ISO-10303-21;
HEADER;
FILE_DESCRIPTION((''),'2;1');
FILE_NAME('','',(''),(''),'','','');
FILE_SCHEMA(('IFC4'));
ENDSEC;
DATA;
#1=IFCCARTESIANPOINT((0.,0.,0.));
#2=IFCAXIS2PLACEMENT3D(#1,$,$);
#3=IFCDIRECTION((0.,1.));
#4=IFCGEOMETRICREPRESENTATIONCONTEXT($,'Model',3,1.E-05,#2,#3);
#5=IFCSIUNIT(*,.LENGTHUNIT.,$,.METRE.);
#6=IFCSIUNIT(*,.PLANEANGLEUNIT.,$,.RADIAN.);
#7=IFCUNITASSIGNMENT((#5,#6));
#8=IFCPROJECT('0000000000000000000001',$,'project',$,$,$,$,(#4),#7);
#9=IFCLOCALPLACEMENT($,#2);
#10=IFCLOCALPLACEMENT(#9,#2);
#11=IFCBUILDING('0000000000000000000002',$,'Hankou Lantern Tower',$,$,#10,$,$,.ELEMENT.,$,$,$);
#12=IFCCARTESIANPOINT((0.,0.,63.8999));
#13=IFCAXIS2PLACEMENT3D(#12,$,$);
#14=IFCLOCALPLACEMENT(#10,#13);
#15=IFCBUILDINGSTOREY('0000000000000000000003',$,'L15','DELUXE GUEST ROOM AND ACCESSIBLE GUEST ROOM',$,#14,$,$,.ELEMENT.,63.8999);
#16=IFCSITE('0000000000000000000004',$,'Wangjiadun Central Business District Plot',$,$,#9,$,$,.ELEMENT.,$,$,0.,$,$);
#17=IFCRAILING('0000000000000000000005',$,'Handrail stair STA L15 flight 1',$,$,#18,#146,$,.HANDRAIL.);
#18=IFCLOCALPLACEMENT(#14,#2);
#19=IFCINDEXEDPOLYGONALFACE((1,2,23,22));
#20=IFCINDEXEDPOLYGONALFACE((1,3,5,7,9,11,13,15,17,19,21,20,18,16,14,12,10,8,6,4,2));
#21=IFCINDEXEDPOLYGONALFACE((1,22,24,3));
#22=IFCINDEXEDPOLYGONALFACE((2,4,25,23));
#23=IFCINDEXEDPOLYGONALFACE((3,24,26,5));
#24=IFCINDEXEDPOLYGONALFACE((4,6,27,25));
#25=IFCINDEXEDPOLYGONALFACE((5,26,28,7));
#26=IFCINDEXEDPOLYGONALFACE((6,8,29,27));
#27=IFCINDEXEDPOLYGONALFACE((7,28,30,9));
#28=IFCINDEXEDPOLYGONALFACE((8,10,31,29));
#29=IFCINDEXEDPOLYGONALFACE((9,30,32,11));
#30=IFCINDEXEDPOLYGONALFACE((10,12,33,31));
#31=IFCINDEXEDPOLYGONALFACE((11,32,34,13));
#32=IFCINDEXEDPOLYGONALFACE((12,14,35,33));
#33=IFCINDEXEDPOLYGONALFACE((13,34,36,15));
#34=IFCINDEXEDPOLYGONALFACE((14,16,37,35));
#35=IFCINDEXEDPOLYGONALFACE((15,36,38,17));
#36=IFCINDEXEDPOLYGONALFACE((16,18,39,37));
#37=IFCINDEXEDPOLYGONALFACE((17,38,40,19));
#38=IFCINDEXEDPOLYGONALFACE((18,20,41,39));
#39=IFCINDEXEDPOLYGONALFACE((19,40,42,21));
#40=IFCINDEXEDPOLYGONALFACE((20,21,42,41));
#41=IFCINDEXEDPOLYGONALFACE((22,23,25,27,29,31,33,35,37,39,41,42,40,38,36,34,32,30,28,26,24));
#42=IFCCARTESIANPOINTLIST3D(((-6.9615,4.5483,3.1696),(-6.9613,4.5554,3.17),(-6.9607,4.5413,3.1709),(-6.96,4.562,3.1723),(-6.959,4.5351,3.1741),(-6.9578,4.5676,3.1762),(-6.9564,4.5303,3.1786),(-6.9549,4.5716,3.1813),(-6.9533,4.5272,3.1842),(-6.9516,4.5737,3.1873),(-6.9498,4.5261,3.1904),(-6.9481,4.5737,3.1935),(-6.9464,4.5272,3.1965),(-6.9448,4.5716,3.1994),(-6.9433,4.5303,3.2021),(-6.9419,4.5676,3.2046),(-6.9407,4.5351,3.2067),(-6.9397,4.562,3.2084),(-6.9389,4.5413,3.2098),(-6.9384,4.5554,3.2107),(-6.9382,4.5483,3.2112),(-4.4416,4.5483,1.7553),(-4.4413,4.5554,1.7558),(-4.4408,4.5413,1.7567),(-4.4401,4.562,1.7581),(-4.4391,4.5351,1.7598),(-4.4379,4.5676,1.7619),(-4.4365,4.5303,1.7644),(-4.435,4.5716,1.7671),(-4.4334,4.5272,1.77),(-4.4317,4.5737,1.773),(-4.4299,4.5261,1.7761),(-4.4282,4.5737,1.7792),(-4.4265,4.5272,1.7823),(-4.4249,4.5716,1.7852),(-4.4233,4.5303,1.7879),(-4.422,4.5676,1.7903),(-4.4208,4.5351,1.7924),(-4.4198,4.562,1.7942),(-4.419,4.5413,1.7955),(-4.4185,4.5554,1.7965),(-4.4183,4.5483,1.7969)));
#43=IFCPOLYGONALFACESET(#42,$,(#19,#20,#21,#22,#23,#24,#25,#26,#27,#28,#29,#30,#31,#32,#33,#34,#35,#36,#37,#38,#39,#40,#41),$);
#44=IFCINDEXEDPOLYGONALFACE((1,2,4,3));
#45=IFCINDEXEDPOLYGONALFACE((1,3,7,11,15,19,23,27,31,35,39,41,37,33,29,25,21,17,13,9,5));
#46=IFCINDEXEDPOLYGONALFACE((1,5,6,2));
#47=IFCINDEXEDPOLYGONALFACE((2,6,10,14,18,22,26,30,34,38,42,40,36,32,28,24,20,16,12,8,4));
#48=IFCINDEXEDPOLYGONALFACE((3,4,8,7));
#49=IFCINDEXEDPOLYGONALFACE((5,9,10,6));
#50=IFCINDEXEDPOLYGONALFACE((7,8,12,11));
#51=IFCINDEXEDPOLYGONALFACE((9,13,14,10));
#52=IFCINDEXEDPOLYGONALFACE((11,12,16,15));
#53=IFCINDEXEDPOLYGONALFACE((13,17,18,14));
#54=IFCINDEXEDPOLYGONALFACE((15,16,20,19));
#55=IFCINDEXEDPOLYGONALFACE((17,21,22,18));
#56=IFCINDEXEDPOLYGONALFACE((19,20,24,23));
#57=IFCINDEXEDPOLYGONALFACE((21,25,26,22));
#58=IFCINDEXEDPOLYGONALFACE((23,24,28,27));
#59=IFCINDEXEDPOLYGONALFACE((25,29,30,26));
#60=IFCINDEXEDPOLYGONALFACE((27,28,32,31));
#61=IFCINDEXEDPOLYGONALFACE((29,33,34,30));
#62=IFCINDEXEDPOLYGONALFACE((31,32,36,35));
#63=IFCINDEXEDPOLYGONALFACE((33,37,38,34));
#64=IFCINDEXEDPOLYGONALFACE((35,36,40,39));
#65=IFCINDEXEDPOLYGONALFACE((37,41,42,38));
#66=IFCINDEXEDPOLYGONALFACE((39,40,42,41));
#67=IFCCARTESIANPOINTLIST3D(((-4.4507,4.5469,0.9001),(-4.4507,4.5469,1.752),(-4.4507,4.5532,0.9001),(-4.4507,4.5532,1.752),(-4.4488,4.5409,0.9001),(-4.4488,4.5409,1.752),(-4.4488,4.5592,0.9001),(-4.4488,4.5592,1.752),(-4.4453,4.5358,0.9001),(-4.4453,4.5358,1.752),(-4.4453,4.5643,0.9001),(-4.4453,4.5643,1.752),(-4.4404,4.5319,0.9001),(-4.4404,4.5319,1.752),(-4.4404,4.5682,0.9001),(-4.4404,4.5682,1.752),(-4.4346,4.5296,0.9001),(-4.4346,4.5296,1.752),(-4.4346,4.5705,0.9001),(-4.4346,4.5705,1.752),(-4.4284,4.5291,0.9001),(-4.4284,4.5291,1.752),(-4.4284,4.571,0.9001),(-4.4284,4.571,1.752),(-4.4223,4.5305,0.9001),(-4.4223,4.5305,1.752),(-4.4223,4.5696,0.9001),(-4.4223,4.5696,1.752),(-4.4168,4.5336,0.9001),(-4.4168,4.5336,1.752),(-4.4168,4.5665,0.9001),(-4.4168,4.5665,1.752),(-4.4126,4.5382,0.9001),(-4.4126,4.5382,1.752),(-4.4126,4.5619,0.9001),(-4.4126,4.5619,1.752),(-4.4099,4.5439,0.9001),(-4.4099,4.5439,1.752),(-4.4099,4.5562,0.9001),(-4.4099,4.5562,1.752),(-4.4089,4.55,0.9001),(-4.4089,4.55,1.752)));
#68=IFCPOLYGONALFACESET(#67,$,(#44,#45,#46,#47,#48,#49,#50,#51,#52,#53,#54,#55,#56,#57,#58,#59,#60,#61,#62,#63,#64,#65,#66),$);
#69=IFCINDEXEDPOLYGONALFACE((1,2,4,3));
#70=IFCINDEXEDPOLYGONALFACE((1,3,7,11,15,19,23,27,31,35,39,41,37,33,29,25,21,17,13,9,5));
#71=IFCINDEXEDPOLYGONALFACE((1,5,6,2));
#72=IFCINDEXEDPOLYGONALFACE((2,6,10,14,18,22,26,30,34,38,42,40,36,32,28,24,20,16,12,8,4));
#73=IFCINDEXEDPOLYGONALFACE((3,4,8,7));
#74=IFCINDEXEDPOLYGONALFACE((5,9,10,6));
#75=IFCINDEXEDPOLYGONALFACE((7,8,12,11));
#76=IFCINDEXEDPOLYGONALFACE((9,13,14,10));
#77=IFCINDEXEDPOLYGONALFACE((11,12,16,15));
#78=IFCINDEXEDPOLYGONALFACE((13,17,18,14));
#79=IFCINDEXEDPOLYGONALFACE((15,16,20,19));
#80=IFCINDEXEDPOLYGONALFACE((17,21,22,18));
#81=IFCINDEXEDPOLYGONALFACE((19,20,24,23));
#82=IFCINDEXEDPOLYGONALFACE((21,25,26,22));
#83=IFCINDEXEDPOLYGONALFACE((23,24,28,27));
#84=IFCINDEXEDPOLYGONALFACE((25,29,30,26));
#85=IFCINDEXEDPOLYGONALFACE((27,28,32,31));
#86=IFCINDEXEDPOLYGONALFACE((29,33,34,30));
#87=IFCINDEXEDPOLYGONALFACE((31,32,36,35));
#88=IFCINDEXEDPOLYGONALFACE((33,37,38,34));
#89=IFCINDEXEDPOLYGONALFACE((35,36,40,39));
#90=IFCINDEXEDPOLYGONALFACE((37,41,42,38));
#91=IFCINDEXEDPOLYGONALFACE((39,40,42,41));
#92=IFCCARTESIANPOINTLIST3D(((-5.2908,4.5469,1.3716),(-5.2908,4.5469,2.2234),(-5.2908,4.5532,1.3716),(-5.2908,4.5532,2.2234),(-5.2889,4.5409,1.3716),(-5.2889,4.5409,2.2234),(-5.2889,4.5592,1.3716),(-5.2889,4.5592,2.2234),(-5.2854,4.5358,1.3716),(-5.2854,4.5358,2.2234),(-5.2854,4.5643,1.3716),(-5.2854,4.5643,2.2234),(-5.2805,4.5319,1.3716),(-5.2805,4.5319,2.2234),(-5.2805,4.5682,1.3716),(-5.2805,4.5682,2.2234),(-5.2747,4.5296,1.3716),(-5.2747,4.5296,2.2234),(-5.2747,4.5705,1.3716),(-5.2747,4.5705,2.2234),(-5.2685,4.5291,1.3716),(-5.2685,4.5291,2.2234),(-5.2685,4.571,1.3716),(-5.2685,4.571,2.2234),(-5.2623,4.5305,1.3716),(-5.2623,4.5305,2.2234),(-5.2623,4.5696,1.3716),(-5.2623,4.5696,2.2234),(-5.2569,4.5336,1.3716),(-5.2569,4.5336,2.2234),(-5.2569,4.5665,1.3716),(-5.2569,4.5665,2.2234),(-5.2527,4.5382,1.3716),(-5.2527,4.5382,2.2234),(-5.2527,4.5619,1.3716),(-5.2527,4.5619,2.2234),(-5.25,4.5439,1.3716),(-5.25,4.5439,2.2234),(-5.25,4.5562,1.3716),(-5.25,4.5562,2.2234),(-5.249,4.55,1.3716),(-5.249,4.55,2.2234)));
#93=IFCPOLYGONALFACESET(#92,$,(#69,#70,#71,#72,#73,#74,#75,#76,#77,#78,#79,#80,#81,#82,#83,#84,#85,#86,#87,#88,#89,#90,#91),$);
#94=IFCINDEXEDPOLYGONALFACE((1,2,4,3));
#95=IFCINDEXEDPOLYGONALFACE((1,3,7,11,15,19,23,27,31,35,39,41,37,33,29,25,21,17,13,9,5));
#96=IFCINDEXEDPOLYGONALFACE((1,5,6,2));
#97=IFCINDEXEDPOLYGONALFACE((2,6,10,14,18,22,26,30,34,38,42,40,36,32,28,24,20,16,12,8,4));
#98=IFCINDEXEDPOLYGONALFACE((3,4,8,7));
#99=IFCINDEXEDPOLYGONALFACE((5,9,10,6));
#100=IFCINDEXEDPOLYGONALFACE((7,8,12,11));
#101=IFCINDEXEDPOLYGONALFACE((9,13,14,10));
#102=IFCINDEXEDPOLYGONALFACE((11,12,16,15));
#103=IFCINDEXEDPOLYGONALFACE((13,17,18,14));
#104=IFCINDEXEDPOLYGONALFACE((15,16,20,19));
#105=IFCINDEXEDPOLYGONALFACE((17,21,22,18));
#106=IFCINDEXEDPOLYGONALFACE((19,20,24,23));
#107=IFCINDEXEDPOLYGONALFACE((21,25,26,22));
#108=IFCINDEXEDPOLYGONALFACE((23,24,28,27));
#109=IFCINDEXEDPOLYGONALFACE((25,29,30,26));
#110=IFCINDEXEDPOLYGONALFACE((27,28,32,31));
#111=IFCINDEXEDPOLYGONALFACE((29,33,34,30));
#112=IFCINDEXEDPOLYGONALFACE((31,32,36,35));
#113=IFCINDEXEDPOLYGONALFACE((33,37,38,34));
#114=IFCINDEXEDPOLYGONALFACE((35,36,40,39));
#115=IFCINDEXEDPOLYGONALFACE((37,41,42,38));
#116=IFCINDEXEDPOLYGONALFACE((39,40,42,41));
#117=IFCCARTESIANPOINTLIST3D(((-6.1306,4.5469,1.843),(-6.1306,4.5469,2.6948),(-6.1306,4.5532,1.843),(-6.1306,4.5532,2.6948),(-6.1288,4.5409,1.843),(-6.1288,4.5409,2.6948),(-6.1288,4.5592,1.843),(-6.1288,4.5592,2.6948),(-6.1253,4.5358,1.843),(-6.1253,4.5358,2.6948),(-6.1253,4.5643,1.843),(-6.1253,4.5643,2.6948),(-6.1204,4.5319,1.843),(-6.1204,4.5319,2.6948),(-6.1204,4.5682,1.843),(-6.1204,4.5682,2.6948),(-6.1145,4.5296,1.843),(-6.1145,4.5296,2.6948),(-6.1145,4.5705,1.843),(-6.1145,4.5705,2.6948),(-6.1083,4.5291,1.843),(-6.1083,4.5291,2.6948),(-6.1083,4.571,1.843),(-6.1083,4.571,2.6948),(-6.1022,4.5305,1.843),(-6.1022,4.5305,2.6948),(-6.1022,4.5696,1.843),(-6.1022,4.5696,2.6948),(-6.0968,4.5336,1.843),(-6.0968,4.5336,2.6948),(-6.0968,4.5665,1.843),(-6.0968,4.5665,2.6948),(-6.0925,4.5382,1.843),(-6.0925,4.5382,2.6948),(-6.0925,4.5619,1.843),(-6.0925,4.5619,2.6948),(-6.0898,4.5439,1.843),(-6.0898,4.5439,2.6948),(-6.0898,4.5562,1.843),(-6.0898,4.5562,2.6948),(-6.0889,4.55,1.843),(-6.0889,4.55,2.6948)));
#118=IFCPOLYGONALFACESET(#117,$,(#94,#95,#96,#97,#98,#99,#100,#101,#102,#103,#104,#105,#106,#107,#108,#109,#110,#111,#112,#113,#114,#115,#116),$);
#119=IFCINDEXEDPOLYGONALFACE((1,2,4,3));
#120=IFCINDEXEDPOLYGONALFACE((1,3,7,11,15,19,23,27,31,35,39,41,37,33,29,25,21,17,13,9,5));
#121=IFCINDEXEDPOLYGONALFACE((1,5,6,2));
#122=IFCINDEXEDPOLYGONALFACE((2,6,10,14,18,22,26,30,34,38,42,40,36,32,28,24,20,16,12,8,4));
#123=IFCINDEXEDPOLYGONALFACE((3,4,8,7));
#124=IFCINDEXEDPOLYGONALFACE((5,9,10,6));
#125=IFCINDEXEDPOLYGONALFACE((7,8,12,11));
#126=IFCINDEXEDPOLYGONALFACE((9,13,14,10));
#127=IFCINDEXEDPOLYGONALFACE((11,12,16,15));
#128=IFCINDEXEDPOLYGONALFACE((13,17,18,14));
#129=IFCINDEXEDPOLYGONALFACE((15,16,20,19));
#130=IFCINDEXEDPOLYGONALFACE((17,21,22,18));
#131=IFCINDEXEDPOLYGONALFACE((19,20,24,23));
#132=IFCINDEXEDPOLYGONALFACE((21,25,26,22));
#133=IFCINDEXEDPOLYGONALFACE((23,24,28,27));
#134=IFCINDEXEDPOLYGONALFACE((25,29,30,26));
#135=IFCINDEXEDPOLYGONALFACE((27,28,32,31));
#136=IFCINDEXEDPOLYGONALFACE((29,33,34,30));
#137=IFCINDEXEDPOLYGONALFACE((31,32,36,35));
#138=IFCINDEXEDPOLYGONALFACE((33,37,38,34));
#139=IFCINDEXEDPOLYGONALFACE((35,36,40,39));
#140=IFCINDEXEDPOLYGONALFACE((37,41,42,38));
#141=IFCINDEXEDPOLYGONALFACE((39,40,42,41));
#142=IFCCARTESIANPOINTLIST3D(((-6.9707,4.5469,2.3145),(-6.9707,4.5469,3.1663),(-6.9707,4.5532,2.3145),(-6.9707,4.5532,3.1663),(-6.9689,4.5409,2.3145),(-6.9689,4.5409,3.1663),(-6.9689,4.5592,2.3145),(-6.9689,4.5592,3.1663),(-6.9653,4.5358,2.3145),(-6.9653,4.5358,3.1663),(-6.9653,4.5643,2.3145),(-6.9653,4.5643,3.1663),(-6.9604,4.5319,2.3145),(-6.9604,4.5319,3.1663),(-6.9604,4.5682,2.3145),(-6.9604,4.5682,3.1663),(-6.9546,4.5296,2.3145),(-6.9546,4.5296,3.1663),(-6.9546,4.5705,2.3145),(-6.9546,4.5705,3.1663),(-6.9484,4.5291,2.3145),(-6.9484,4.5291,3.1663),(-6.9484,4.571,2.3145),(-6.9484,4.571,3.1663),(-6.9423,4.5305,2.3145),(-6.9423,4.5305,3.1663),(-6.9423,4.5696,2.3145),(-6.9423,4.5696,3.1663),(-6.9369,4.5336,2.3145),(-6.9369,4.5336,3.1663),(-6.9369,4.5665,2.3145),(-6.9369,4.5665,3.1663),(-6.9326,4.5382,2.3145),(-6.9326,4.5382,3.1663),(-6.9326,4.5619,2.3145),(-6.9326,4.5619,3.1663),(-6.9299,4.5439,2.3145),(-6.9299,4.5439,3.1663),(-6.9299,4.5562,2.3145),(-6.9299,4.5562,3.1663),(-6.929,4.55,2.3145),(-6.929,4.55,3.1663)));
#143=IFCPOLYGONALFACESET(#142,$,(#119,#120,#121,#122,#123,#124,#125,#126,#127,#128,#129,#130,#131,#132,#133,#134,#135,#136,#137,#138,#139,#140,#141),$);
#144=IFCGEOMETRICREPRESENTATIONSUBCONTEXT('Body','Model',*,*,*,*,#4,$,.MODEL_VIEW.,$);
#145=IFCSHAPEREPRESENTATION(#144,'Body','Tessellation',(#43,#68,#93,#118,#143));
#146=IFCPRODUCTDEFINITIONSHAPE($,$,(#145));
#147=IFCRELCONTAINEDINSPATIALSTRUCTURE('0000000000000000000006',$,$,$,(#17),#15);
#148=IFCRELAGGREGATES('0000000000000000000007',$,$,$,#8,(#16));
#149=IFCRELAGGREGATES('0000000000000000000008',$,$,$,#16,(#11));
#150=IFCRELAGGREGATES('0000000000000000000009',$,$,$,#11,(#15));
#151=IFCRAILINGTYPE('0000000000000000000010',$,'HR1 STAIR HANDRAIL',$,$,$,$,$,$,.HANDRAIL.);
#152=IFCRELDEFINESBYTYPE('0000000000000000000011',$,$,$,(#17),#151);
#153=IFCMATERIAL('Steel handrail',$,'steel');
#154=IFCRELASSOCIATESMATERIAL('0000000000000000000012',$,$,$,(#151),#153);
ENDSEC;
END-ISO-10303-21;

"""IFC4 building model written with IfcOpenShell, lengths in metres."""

from ifc_helpers import new_model, si_unit, direction, frame, origin, origin_2d, place, context, subcontext, project, spatial, circle, extrude, material, type_object, element, save


model = new_model("IFC4")

# Units and contexts
model_context = context("Model", 3, precision=1e-05, world=origin(), true_north=direction((0.0, 1.0)))
body_context = subcontext(model_context, "Body", "Model", "MODEL_VIEW")
ifc_project = project(units=[si_unit("LENGTHUNIT", "METRE"), si_unit("PLANEANGLEUNIT", "RADIAN")], contexts=[model_context])

# Site, building, storey
site_placement = place(None, origin())
site = spatial("IfcSite", under=ifc_project, at=site_placement, Name="Wangjiadun Central Business District Plot", CompositionType="ELEMENT", RefElevation=0.0)
building_placement = place(site_placement, origin())
building = spatial("IfcBuilding", under=site, at=building_placement, Name="Hankou Lantern Tower", CompositionType="ELEMENT")
storey_placement = place(building_placement, frame((0.0, 0.0, 63.8999)))
storey = spatial("IfcBuildingStorey", under=building, at=storey_placement, Name="L15", Description="DELUXE GUEST ROOM AND ACCESSIBLE GUEST ROOM", CompositionType="ELEMENT", Elevation=63.8999)

# Railing
ifc_material_1 = material(Name="Steel handrail", Category="steel")
railing_type = type_object("IfcRailingType", Name="HR1 STAIR HANDRAIL", PredefinedType="HANDRAIL", material=ifc_material_1)
railing_1_placement = place(storey_placement, frame((-4.4299, 4.55, 0.9001)))
element("IfcRailing", 1, at=railing_1_placement, inside=storey, type_object=railing_type, Name="Handrail stair STA L15 flight 1", PredefinedType="HANDRAIL", context=body_context, shape_type="SweptSolid", body=[
    extrude(circle(Radius=0.0239, at=origin_2d()), frame((0.0, 0.0, 0.876), z_axis=(-0.872049, 0.0, 0.489419), x_axis=(0.0, -1.0, 0.0)), (0.0, 0.0, 1.0), 2.8896),
    extrude(circle(Radius=0.021, at=origin_2d()), origin(), (0.0, 0.0, 1.0), 0.8518),
    extrude(circle(Radius=0.021, at=origin_2d()), frame((-0.8401, 0.0, 0.4714)), (0.0, 0.0, 1.0), 0.8518),
    extrude(circle(Radius=0.021, at=origin_2d()), frame((-1.6799, 0.0, 0.9429)), (0.0, 0.0, 1.0), 0.8518),
    extrude(circle(Radius=0.021, at=origin_2d()), frame((-2.52, 0.0, 1.4143)), (0.0, 0.0, 1.0), 0.8518),
])

save(model, "model.ifc")
